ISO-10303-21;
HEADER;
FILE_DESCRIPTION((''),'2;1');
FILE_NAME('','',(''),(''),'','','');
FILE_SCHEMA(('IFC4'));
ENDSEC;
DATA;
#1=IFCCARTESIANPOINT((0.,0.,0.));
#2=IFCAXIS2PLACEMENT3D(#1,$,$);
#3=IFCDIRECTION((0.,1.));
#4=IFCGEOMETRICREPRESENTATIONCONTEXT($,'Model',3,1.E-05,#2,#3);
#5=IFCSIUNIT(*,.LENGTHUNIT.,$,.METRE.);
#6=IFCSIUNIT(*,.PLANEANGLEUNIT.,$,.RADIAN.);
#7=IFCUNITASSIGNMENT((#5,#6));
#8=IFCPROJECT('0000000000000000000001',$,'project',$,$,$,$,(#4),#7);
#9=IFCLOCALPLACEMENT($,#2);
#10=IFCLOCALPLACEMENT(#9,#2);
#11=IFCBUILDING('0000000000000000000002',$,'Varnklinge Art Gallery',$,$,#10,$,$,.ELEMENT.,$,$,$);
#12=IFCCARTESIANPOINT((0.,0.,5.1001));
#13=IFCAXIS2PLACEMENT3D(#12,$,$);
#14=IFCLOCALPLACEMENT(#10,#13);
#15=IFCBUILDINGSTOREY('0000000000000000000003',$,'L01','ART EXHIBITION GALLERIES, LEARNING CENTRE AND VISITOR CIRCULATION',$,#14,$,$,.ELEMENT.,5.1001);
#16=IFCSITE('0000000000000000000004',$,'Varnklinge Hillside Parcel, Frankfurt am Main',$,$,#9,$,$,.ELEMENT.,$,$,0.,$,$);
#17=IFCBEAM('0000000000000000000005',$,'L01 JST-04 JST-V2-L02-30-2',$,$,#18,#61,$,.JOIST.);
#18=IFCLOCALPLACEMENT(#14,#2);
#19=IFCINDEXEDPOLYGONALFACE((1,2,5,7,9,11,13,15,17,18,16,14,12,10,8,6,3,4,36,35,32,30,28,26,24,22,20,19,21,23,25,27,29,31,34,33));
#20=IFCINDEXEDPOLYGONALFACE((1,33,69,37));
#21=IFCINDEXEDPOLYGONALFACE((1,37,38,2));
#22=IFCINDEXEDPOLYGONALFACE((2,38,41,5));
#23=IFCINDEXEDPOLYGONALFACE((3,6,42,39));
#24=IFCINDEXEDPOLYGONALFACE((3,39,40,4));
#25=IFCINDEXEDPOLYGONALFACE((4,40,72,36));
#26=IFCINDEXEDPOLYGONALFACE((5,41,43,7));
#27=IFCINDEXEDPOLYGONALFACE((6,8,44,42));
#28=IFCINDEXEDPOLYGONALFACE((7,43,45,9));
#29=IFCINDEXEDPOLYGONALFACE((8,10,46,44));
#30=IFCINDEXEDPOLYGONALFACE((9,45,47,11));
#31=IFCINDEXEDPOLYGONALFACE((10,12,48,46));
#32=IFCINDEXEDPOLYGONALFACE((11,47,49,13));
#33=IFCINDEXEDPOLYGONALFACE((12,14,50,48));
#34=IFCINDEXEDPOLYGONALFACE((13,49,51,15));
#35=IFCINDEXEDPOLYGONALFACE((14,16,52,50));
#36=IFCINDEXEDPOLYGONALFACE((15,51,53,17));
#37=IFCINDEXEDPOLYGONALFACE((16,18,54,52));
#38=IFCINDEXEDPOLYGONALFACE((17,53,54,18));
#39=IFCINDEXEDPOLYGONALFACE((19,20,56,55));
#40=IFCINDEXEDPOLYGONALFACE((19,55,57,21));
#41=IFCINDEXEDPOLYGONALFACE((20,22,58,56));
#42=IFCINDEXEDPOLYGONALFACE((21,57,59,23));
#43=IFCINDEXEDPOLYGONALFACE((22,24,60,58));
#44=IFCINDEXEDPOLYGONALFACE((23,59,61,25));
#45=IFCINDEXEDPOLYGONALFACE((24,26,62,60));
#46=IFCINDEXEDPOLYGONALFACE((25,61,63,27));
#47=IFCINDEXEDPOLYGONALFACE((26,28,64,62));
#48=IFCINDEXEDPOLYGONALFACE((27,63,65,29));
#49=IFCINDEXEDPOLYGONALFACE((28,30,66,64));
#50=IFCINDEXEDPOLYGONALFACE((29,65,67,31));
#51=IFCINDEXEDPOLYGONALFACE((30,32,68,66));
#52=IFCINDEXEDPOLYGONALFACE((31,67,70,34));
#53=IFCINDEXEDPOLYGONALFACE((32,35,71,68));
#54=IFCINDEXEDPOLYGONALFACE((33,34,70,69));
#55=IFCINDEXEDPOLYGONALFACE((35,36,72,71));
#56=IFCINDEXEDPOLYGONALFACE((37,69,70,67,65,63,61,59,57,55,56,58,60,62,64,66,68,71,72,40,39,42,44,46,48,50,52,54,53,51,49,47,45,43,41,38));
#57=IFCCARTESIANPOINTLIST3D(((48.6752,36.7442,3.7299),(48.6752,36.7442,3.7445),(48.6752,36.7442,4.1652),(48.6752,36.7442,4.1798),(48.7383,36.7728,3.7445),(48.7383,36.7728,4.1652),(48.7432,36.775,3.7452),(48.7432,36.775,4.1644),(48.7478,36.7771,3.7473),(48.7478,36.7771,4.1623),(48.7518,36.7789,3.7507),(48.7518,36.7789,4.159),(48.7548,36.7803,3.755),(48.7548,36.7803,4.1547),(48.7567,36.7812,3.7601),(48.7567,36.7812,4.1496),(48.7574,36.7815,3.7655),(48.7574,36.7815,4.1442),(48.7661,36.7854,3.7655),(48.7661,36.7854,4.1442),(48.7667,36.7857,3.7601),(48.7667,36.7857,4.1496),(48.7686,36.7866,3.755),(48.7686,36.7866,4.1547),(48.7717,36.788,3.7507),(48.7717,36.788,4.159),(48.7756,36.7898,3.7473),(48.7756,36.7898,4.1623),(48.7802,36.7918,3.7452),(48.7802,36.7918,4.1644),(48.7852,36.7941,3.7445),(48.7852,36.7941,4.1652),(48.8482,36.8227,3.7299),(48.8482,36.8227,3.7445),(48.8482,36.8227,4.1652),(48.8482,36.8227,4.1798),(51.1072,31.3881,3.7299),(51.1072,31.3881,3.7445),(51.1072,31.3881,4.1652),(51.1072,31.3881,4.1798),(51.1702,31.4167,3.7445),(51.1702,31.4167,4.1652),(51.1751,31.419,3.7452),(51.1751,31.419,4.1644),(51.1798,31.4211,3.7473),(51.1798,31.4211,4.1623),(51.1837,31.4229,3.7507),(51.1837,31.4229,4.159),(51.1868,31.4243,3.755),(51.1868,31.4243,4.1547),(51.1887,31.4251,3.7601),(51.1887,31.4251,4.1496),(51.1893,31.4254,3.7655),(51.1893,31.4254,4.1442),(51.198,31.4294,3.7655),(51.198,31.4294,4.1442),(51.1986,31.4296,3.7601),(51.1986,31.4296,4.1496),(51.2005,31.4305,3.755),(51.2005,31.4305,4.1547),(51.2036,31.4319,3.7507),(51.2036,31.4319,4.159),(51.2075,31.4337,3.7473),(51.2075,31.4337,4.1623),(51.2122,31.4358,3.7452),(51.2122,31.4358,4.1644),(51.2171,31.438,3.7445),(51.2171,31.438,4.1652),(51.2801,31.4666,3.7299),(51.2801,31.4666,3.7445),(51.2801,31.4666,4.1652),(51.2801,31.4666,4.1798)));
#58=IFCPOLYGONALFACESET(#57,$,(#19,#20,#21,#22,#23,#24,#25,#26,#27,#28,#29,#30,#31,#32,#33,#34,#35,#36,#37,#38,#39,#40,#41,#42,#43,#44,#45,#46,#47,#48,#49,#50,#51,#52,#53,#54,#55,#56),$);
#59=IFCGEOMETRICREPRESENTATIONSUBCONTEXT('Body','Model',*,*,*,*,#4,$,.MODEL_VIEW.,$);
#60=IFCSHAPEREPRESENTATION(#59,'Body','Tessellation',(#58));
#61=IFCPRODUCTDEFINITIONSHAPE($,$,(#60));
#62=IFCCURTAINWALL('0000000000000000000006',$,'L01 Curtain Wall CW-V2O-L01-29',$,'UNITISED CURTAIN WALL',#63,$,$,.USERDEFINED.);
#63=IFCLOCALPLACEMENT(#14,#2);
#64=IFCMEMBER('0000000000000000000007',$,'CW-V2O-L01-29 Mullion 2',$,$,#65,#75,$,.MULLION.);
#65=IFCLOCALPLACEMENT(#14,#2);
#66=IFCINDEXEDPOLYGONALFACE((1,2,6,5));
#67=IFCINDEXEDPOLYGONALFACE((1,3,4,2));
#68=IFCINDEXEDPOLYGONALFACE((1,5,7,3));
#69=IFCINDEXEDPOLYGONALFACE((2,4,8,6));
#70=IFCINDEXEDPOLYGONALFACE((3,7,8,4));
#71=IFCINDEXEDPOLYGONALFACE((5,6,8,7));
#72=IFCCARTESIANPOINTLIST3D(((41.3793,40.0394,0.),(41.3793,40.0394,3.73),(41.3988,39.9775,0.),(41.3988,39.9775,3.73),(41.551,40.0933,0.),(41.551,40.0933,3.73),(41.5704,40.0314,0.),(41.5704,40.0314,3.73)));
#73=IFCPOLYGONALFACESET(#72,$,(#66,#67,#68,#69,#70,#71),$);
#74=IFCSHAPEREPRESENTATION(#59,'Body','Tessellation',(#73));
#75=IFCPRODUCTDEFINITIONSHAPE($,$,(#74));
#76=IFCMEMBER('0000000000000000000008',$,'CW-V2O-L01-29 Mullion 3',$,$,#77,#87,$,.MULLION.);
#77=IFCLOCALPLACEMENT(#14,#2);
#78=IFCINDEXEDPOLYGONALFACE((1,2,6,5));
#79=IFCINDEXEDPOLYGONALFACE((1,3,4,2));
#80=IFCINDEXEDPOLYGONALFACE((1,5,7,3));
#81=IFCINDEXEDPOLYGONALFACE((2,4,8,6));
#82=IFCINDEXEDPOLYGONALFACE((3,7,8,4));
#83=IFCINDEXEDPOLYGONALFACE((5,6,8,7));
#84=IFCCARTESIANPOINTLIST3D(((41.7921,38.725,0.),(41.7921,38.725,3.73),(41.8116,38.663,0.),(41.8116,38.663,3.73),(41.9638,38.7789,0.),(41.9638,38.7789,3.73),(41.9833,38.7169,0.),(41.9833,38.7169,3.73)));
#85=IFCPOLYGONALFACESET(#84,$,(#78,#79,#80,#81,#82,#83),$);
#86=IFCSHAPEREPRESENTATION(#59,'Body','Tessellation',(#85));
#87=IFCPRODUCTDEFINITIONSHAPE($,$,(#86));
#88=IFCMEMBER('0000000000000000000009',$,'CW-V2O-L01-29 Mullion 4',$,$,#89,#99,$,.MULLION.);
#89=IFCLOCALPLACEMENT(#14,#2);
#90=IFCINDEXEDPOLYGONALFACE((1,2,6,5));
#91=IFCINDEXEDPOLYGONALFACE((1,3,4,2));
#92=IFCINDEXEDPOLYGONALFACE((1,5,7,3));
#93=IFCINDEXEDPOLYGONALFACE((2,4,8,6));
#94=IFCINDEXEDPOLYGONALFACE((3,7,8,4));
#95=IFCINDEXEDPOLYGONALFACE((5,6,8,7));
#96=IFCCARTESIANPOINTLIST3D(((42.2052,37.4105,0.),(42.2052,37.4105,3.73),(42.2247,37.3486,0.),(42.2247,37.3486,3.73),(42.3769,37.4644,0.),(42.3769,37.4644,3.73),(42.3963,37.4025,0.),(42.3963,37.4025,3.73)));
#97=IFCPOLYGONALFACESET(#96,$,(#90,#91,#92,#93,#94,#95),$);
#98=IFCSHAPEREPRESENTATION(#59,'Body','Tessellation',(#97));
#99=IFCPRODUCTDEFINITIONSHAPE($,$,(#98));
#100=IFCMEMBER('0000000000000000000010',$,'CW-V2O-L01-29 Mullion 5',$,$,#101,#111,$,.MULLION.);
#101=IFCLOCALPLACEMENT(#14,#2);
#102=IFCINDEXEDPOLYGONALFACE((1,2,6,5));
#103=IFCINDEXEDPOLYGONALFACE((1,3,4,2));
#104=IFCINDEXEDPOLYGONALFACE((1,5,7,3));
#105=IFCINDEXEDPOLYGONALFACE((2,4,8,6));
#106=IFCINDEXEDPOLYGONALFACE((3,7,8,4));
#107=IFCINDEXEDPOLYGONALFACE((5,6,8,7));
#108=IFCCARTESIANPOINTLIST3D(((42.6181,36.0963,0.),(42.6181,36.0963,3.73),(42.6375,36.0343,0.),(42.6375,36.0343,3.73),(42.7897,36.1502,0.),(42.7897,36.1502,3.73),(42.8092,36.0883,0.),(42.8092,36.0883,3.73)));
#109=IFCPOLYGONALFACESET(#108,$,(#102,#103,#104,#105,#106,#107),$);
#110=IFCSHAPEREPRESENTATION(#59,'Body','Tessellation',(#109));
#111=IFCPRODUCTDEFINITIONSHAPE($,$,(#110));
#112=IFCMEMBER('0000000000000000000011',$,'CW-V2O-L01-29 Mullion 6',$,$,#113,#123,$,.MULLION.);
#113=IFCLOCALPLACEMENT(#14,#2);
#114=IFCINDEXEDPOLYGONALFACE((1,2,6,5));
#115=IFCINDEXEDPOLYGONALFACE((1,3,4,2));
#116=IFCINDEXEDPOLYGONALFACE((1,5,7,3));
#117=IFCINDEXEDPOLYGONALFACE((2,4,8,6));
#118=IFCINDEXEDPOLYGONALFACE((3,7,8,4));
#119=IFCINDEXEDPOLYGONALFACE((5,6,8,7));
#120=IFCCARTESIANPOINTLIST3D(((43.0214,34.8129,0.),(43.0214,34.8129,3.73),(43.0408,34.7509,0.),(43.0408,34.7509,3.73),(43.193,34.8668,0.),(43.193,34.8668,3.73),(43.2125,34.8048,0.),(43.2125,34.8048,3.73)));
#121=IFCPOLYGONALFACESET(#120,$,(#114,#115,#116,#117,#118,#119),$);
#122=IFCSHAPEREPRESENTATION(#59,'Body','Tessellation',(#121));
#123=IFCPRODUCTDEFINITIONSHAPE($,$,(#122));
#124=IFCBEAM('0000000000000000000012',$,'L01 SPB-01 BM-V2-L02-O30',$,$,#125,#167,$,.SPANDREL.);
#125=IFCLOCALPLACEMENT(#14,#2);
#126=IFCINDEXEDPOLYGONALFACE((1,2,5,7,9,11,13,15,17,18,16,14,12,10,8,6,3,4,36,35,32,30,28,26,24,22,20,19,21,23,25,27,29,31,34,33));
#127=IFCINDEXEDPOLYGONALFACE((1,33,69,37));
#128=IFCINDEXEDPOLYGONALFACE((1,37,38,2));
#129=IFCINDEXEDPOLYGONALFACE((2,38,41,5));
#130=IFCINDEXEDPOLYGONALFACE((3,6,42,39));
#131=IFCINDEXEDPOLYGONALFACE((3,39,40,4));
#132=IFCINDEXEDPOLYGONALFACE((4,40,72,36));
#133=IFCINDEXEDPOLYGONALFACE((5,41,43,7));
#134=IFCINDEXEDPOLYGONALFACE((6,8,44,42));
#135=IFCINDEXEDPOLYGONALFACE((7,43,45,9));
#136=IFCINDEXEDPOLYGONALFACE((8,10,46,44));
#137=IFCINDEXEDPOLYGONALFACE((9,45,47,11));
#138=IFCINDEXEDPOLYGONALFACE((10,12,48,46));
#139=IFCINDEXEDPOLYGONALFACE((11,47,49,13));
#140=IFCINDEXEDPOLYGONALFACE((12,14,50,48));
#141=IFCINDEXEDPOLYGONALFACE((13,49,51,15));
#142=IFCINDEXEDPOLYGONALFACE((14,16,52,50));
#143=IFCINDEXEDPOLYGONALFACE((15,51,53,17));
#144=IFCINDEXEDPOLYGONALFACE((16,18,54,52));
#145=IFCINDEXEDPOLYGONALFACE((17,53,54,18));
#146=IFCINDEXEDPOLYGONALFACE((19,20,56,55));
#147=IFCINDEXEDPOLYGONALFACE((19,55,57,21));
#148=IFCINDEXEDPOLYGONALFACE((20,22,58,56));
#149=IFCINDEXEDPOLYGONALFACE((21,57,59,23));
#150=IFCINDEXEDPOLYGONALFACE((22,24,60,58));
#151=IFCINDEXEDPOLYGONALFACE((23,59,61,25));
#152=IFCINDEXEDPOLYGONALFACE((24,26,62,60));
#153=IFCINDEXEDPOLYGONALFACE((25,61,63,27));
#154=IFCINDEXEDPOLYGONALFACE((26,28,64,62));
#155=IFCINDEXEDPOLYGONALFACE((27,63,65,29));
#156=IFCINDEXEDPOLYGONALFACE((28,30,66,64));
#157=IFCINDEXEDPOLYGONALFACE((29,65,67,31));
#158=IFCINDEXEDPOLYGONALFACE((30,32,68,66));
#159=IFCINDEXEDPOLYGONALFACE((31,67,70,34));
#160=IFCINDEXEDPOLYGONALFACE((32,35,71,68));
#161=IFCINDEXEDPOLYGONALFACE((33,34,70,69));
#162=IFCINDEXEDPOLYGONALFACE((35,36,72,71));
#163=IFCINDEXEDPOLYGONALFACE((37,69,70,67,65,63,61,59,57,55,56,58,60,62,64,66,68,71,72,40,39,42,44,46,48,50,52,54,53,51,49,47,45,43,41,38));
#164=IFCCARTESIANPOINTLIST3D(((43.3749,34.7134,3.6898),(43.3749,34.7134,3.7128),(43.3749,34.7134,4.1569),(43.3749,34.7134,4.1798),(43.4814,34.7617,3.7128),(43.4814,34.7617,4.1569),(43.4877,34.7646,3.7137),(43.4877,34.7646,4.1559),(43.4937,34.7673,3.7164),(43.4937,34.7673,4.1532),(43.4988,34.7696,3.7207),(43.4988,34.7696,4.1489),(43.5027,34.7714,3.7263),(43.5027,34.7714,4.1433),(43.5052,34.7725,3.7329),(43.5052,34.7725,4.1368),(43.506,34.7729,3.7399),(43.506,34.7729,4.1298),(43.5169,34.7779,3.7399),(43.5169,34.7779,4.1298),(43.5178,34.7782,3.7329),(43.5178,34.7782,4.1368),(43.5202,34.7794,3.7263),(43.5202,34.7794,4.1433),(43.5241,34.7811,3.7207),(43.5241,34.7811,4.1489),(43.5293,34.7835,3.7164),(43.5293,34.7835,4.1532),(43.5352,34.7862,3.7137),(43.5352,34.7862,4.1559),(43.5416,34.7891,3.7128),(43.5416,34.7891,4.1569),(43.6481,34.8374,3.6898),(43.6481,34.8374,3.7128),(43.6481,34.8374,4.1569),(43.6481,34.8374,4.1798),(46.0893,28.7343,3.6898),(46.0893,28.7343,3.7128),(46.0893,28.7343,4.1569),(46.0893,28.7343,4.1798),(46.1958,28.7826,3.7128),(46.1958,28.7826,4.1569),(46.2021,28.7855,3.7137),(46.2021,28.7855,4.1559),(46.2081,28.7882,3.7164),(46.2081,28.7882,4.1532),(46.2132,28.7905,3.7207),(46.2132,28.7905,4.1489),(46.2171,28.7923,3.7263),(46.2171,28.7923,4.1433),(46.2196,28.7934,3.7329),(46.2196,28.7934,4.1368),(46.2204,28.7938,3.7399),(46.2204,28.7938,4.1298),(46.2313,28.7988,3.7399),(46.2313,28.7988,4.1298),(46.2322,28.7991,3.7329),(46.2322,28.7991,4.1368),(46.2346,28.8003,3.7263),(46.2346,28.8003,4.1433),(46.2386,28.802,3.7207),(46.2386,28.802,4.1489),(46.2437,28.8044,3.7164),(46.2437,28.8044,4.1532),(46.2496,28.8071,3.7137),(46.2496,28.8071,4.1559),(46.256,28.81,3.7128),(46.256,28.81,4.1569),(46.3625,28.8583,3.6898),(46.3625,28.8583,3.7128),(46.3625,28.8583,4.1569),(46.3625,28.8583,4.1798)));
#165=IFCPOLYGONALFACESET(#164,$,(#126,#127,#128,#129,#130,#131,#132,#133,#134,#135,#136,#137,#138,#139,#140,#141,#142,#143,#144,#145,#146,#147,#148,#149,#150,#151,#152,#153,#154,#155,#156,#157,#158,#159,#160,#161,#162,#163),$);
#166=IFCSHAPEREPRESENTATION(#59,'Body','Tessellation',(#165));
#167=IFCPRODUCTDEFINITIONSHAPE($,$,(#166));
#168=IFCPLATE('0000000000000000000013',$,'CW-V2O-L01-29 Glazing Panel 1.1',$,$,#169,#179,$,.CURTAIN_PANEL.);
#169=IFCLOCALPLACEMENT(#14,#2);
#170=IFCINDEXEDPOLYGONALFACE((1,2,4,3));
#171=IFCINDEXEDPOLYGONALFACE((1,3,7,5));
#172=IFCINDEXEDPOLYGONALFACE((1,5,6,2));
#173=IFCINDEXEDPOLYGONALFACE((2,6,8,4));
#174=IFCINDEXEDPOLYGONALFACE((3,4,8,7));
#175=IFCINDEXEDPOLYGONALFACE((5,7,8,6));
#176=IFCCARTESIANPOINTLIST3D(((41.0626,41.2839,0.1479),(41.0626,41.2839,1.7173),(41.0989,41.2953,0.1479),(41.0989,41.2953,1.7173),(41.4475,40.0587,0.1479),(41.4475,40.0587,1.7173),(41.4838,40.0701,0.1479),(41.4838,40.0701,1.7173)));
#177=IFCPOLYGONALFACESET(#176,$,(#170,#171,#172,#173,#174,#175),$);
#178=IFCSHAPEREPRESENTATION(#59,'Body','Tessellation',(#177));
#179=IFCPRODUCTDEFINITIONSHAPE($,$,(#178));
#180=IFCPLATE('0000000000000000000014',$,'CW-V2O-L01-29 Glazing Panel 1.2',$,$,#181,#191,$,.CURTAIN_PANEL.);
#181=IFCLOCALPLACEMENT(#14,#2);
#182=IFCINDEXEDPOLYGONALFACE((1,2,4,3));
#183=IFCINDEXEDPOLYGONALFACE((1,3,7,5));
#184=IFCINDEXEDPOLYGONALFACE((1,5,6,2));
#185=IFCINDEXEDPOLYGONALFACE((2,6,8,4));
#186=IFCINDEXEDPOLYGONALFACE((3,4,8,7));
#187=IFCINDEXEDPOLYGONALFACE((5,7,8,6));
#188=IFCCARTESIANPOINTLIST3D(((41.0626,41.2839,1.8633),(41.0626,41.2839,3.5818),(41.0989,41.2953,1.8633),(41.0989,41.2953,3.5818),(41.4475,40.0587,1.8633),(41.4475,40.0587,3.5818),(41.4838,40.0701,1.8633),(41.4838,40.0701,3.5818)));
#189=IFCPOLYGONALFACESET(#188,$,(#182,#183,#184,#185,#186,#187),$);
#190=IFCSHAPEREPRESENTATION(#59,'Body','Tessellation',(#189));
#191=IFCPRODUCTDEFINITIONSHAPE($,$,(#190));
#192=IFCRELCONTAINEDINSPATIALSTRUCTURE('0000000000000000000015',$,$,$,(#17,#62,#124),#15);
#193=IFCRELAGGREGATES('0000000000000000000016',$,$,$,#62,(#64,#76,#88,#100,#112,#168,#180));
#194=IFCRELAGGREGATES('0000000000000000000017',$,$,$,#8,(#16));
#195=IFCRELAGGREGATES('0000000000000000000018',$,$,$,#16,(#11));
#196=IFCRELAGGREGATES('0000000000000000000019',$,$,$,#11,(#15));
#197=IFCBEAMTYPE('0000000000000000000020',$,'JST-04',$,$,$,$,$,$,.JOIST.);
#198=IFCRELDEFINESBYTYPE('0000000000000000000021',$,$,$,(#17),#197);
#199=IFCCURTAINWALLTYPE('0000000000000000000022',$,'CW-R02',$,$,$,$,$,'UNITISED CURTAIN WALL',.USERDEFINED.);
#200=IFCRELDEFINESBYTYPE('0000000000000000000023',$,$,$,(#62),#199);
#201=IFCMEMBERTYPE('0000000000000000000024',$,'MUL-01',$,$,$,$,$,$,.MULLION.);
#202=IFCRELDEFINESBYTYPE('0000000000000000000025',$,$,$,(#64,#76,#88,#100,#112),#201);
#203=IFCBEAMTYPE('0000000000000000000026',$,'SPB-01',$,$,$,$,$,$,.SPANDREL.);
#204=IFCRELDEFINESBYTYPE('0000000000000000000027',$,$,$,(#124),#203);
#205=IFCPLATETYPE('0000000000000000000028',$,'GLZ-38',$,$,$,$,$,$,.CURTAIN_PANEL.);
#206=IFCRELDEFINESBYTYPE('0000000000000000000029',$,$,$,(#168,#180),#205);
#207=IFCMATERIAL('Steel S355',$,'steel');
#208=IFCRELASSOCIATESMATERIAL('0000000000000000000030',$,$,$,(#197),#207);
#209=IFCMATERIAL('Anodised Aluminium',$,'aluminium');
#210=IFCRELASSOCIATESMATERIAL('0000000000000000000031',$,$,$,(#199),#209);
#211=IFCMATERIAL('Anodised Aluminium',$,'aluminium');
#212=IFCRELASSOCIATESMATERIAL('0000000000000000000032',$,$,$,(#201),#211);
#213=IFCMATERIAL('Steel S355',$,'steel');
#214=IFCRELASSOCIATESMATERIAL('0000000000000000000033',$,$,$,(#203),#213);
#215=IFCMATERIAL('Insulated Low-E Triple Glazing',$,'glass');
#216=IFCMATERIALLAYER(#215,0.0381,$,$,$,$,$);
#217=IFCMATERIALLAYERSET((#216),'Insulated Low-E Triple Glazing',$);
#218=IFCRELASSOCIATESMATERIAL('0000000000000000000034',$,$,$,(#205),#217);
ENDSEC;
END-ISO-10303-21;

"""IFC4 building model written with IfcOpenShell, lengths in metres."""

from ifc_helpers import new_model, si_unit, direction, frame, origin, origin_2d, place, context, subcontext, project, spatial, rectangle, i_section, extrude, material, layer, layer_set, material_profile, profile_set, type_object, element, aggregate, save


model = new_model("IFC4")

# Units and contexts
model_context = context("Model", 3, precision=1e-05, world=origin(), true_north=direction((0.0, 1.0)))
body_context = subcontext(model_context, "Body", "Model", "MODEL_VIEW")
ifc_project = project(units=[si_unit("LENGTHUNIT", "METRE"), si_unit("PLANEANGLEUNIT", "RADIAN")], contexts=[model_context])

# Site, building, storey
site_placement = place(None, origin())
site = spatial("IfcSite", under=ifc_project, at=site_placement, Name="Varnklinge Hillside Parcel, Frankfurt am Main", CompositionType="ELEMENT", RefElevation=0.0)
building_placement = place(site_placement, origin())
building = spatial("IfcBuilding", under=site, at=building_placement, Name="Varnklinge Art Gallery", CompositionType="ELEMENT")
storey_placement = place(building_placement, frame((0.0, 0.0, 5.1001)))
storey = spatial("IfcBuildingStorey", under=building, at=storey_placement, Name="L01", Description="ART EXHIBITION GALLERIES, LEARNING CENTRE AND VISITOR CIRCULATION", CompositionType="ELEMENT", Elevation=5.1001)

# Beam
ifc_material_1 = material(Name="Steel S355", Category="steel")
ifc_material_profile_1 = material_profile(ifc_material_1, i_section(OverallWidth=0.1899, OverallDepth=0.45, WebThickness=0.0095, FlangeThickness=0.0146, FilletRadius=0.021, at=origin_2d()), Name="IPE 450")
ifc_profile_set_1 = profile_set([ifc_material_profile_1], Name="Steel S355")
beam_type_1 = type_object("IfcBeamType", Name="JST-04", PredefinedType="JOIST", material=ifc_profile_set_1)
beam_1_placement = place(storey_placement, frame((48.7617, 36.7834, 3.9548), z_axis=(0.413431, -0.910536, 0.0), x_axis=(0.910536, 0.413431, 0.0)))
element("IfcBeam", 1, at=beam_1_placement, inside=storey, type_object=beam_type_1, Name="L01 JST-04 JST-V2-L02-30-2", PredefinedType="JOIST", context=body_context, shape_type="SweptSolid", body=[
    extrude(i_section(OverallWidth=0.1899, OverallDepth=0.45, WebThickness=0.0095, FlangeThickness=0.0146, FilletRadius=0.021, at=origin_2d()), origin(), (0.0, 0.0, 1.0), 5.8823),
])

# Curtain wall, members
ifc_material_2 = material(Name="Anodised Aluminium", Category="aluminium")
curtain_wall_type = type_object("IfcCurtainWallType", Name="CW-R02", ElementType="UNITISED CURTAIN WALL", PredefinedType="USERDEFINED", material=ifc_material_2)
curtain_wall_placement = place(storey_placement, origin())
curtain_wall = element("IfcCurtainWall", 2, at=curtain_wall_placement, inside=storey, type_object=curtain_wall_type, Name="L01 Curtain Wall CW-V2O-L01-29", ObjectType="UNITISED CURTAIN WALL", PredefinedType="USERDEFINED")
ifc_material_3 = material(Name="Anodised Aluminium", Category="aluminium")
ifc_material_profile_2 = material_profile(ifc_material_3, rectangle(XDim=0.0649, YDim=0.1799, at=origin_2d()), Name="ALU 65x180")
ifc_profile_set_2 = profile_set([ifc_material_profile_2], Name="Anodised Aluminium")
member_type = type_object("IfcMemberType", Name="MUL-01", PredefinedType="MULLION", material=ifc_profile_set_2)
member_1_placement = place(storey_placement, frame((41.4749, 40.0354, 0.0), z_axis=(0.0, 0.0, 1.0), x_axis=(0.299707, -0.954031, 0.0)))
member_1 = element("IfcMember", 3, at=member_1_placement, type_object=member_type, Name="CW-V2O-L01-29 Mullion 2", PredefinedType="MULLION", context=body_context, shape_type="SweptSolid", body=[
    extrude(rectangle(XDim=0.0649, YDim=0.1799, at=origin_2d()), origin(), (0.0, 0.0, 1.0), 3.73),
])
member_2_placement = place(storey_placement, frame((41.8877, 38.7209, 0.0), z_axis=(0.0, 0.0, 1.0), x_axis=(0.299707, -0.954031, 0.0)))
member_2 = element("IfcMember", 4, at=member_2_placement, type_object=member_type, Name="CW-V2O-L01-29 Mullion 3", PredefinedType="MULLION", context=body_context, shape_type="SweptSolid", body=[
    extrude(rectangle(XDim=0.0649, YDim=0.1799, at=origin_2d()), origin(), (0.0, 0.0, 1.0), 3.73),
])
member_3_placement = place(storey_placement, frame((42.3008, 37.4065, 0.0), z_axis=(0.0, 0.0, 1.0), x_axis=(0.299707, -0.954031, 0.0)))
member_3 = element("IfcMember", 5, at=member_3_placement, type_object=member_type, Name="CW-V2O-L01-29 Mullion 4", PredefinedType="MULLION", context=body_context, shape_type="SweptSolid", body=[
    extrude(rectangle(XDim=0.0649, YDim=0.1799, at=origin_2d()), origin(), (0.0, 0.0, 1.0), 3.73),
])
member_4_placement = place(storey_placement, frame((42.7136, 36.0923, 0.0), z_axis=(0.0, 0.0, 1.0), x_axis=(0.299707, -0.954031, 0.0)))
member_4 = element("IfcMember", 6, at=member_4_placement, type_object=member_type, Name="CW-V2O-L01-29 Mullion 5", PredefinedType="MULLION", context=body_context, shape_type="SweptSolid", body=[
    extrude(rectangle(XDim=0.0649, YDim=0.1799, at=origin_2d()), origin(), (0.0, 0.0, 1.0), 3.73),
])
member_5_placement = place(storey_placement, frame((43.1169, 34.8088, 0.0), z_axis=(0.0, 0.0, 1.0), x_axis=(0.299707, -0.954031, 0.0)))
member_5 = element("IfcMember", 7, at=member_5_placement, type_object=member_type, Name="CW-V2O-L01-29 Mullion 6", PredefinedType="MULLION", context=body_context, shape_type="SweptSolid", body=[
    extrude(rectangle(XDim=0.0649, YDim=0.1799, at=origin_2d()), origin(), (0.0, 0.0, 1.0), 3.73),
])

# Beam
ifc_material_4 = material(Name="Steel S355", Category="steel")
ifc_material_profile_3 = material_profile(ifc_material_4, i_section(OverallWidth=0.3, OverallDepth=0.49, WebThickness=0.012, FlangeThickness=0.0229, FilletRadius=0.0271, at=origin_2d()), Name="HEA 500")
ifc_profile_set_3 = profile_set([ifc_material_profile_3], Name="Steel S355")
beam_type_2 = type_object("IfcBeamType", Name="SPB-01", PredefinedType="SPANDREL", material=ifc_profile_set_3)
beam_2_placement = place(storey_placement, frame((43.5115, 34.7754, 3.9348), z_axis=(0.413377, -0.91056, 0.0), x_axis=(0.91056, 0.413377, 0.0)))
element("IfcBeam", 8, at=beam_2_placement, inside=storey, type_object=beam_type_2, Name="L01 SPB-01 BM-V2-L02-O30", PredefinedType="SPANDREL", context=body_context, shape_type="SweptSolid", body=[
    extrude(i_section(OverallWidth=0.3, OverallDepth=0.49, WebThickness=0.012, FlangeThickness=0.0229, FilletRadius=0.0271, at=origin_2d()), origin(), (0.0, 0.0, 1.0), 6.5664),
])

# Plates
ifc_material_5 = material(Name="Insulated Low-E Triple Glazing", Category="glass")
ifc_layer_1 = layer(ifc_material_5, 0.0381)
ifc_layer_set_1 = layer_set([ifc_layer_1], Name="Insulated Low-E Triple Glazing")
plate_type_1 = type_object("IfcPlateType", Name="GLZ-38", PredefinedType="CURTAIN_PANEL", material=ifc_layer_set_1)
plate_1_placement = place(storey_placement, frame((41.2732, 40.677, 0.1479), z_axis=(0.0, 0.0, 1.0), x_axis=(0.299707, -0.954031, 0.0)))
plate_1 = element("IfcPlate", 9, at=plate_1_placement, type_object=plate_type_1, Name="CW-V2O-L01-29 Glazing Panel 1.1", PredefinedType="CURTAIN_PANEL", context=body_context, shape_type="SweptSolid", body=[
    extrude(rectangle(XDim=1.2842, YDim=0.0381, at=origin_2d()), origin(), (0.0, 0.0, 1.0), 1.5693),
])
plate_2_placement = place(storey_placement, frame((41.2732, 40.677, 1.8633), z_axis=(0.0, 0.0, 1.0), x_axis=(0.299707, -0.954031, 0.0)))
plate_2 = element("IfcPlate", 10, at=plate_2_placement, type_object=plate_type_1, Name="CW-V2O-L01-29 Glazing Panel 1.2", PredefinedType="CURTAIN_PANEL", context=body_context, shape_type="SweptSolid", body=[
    extrude(rectangle(XDim=1.2842, YDim=0.0381, at=origin_2d()), origin(), (0.0, 0.0, 1.0), 1.7185),
])
aggregate(curtain_wall, [member_1, member_2, member_3, member_4, member_5, plate_1, plate_2])

save(model, "model.ifc")
